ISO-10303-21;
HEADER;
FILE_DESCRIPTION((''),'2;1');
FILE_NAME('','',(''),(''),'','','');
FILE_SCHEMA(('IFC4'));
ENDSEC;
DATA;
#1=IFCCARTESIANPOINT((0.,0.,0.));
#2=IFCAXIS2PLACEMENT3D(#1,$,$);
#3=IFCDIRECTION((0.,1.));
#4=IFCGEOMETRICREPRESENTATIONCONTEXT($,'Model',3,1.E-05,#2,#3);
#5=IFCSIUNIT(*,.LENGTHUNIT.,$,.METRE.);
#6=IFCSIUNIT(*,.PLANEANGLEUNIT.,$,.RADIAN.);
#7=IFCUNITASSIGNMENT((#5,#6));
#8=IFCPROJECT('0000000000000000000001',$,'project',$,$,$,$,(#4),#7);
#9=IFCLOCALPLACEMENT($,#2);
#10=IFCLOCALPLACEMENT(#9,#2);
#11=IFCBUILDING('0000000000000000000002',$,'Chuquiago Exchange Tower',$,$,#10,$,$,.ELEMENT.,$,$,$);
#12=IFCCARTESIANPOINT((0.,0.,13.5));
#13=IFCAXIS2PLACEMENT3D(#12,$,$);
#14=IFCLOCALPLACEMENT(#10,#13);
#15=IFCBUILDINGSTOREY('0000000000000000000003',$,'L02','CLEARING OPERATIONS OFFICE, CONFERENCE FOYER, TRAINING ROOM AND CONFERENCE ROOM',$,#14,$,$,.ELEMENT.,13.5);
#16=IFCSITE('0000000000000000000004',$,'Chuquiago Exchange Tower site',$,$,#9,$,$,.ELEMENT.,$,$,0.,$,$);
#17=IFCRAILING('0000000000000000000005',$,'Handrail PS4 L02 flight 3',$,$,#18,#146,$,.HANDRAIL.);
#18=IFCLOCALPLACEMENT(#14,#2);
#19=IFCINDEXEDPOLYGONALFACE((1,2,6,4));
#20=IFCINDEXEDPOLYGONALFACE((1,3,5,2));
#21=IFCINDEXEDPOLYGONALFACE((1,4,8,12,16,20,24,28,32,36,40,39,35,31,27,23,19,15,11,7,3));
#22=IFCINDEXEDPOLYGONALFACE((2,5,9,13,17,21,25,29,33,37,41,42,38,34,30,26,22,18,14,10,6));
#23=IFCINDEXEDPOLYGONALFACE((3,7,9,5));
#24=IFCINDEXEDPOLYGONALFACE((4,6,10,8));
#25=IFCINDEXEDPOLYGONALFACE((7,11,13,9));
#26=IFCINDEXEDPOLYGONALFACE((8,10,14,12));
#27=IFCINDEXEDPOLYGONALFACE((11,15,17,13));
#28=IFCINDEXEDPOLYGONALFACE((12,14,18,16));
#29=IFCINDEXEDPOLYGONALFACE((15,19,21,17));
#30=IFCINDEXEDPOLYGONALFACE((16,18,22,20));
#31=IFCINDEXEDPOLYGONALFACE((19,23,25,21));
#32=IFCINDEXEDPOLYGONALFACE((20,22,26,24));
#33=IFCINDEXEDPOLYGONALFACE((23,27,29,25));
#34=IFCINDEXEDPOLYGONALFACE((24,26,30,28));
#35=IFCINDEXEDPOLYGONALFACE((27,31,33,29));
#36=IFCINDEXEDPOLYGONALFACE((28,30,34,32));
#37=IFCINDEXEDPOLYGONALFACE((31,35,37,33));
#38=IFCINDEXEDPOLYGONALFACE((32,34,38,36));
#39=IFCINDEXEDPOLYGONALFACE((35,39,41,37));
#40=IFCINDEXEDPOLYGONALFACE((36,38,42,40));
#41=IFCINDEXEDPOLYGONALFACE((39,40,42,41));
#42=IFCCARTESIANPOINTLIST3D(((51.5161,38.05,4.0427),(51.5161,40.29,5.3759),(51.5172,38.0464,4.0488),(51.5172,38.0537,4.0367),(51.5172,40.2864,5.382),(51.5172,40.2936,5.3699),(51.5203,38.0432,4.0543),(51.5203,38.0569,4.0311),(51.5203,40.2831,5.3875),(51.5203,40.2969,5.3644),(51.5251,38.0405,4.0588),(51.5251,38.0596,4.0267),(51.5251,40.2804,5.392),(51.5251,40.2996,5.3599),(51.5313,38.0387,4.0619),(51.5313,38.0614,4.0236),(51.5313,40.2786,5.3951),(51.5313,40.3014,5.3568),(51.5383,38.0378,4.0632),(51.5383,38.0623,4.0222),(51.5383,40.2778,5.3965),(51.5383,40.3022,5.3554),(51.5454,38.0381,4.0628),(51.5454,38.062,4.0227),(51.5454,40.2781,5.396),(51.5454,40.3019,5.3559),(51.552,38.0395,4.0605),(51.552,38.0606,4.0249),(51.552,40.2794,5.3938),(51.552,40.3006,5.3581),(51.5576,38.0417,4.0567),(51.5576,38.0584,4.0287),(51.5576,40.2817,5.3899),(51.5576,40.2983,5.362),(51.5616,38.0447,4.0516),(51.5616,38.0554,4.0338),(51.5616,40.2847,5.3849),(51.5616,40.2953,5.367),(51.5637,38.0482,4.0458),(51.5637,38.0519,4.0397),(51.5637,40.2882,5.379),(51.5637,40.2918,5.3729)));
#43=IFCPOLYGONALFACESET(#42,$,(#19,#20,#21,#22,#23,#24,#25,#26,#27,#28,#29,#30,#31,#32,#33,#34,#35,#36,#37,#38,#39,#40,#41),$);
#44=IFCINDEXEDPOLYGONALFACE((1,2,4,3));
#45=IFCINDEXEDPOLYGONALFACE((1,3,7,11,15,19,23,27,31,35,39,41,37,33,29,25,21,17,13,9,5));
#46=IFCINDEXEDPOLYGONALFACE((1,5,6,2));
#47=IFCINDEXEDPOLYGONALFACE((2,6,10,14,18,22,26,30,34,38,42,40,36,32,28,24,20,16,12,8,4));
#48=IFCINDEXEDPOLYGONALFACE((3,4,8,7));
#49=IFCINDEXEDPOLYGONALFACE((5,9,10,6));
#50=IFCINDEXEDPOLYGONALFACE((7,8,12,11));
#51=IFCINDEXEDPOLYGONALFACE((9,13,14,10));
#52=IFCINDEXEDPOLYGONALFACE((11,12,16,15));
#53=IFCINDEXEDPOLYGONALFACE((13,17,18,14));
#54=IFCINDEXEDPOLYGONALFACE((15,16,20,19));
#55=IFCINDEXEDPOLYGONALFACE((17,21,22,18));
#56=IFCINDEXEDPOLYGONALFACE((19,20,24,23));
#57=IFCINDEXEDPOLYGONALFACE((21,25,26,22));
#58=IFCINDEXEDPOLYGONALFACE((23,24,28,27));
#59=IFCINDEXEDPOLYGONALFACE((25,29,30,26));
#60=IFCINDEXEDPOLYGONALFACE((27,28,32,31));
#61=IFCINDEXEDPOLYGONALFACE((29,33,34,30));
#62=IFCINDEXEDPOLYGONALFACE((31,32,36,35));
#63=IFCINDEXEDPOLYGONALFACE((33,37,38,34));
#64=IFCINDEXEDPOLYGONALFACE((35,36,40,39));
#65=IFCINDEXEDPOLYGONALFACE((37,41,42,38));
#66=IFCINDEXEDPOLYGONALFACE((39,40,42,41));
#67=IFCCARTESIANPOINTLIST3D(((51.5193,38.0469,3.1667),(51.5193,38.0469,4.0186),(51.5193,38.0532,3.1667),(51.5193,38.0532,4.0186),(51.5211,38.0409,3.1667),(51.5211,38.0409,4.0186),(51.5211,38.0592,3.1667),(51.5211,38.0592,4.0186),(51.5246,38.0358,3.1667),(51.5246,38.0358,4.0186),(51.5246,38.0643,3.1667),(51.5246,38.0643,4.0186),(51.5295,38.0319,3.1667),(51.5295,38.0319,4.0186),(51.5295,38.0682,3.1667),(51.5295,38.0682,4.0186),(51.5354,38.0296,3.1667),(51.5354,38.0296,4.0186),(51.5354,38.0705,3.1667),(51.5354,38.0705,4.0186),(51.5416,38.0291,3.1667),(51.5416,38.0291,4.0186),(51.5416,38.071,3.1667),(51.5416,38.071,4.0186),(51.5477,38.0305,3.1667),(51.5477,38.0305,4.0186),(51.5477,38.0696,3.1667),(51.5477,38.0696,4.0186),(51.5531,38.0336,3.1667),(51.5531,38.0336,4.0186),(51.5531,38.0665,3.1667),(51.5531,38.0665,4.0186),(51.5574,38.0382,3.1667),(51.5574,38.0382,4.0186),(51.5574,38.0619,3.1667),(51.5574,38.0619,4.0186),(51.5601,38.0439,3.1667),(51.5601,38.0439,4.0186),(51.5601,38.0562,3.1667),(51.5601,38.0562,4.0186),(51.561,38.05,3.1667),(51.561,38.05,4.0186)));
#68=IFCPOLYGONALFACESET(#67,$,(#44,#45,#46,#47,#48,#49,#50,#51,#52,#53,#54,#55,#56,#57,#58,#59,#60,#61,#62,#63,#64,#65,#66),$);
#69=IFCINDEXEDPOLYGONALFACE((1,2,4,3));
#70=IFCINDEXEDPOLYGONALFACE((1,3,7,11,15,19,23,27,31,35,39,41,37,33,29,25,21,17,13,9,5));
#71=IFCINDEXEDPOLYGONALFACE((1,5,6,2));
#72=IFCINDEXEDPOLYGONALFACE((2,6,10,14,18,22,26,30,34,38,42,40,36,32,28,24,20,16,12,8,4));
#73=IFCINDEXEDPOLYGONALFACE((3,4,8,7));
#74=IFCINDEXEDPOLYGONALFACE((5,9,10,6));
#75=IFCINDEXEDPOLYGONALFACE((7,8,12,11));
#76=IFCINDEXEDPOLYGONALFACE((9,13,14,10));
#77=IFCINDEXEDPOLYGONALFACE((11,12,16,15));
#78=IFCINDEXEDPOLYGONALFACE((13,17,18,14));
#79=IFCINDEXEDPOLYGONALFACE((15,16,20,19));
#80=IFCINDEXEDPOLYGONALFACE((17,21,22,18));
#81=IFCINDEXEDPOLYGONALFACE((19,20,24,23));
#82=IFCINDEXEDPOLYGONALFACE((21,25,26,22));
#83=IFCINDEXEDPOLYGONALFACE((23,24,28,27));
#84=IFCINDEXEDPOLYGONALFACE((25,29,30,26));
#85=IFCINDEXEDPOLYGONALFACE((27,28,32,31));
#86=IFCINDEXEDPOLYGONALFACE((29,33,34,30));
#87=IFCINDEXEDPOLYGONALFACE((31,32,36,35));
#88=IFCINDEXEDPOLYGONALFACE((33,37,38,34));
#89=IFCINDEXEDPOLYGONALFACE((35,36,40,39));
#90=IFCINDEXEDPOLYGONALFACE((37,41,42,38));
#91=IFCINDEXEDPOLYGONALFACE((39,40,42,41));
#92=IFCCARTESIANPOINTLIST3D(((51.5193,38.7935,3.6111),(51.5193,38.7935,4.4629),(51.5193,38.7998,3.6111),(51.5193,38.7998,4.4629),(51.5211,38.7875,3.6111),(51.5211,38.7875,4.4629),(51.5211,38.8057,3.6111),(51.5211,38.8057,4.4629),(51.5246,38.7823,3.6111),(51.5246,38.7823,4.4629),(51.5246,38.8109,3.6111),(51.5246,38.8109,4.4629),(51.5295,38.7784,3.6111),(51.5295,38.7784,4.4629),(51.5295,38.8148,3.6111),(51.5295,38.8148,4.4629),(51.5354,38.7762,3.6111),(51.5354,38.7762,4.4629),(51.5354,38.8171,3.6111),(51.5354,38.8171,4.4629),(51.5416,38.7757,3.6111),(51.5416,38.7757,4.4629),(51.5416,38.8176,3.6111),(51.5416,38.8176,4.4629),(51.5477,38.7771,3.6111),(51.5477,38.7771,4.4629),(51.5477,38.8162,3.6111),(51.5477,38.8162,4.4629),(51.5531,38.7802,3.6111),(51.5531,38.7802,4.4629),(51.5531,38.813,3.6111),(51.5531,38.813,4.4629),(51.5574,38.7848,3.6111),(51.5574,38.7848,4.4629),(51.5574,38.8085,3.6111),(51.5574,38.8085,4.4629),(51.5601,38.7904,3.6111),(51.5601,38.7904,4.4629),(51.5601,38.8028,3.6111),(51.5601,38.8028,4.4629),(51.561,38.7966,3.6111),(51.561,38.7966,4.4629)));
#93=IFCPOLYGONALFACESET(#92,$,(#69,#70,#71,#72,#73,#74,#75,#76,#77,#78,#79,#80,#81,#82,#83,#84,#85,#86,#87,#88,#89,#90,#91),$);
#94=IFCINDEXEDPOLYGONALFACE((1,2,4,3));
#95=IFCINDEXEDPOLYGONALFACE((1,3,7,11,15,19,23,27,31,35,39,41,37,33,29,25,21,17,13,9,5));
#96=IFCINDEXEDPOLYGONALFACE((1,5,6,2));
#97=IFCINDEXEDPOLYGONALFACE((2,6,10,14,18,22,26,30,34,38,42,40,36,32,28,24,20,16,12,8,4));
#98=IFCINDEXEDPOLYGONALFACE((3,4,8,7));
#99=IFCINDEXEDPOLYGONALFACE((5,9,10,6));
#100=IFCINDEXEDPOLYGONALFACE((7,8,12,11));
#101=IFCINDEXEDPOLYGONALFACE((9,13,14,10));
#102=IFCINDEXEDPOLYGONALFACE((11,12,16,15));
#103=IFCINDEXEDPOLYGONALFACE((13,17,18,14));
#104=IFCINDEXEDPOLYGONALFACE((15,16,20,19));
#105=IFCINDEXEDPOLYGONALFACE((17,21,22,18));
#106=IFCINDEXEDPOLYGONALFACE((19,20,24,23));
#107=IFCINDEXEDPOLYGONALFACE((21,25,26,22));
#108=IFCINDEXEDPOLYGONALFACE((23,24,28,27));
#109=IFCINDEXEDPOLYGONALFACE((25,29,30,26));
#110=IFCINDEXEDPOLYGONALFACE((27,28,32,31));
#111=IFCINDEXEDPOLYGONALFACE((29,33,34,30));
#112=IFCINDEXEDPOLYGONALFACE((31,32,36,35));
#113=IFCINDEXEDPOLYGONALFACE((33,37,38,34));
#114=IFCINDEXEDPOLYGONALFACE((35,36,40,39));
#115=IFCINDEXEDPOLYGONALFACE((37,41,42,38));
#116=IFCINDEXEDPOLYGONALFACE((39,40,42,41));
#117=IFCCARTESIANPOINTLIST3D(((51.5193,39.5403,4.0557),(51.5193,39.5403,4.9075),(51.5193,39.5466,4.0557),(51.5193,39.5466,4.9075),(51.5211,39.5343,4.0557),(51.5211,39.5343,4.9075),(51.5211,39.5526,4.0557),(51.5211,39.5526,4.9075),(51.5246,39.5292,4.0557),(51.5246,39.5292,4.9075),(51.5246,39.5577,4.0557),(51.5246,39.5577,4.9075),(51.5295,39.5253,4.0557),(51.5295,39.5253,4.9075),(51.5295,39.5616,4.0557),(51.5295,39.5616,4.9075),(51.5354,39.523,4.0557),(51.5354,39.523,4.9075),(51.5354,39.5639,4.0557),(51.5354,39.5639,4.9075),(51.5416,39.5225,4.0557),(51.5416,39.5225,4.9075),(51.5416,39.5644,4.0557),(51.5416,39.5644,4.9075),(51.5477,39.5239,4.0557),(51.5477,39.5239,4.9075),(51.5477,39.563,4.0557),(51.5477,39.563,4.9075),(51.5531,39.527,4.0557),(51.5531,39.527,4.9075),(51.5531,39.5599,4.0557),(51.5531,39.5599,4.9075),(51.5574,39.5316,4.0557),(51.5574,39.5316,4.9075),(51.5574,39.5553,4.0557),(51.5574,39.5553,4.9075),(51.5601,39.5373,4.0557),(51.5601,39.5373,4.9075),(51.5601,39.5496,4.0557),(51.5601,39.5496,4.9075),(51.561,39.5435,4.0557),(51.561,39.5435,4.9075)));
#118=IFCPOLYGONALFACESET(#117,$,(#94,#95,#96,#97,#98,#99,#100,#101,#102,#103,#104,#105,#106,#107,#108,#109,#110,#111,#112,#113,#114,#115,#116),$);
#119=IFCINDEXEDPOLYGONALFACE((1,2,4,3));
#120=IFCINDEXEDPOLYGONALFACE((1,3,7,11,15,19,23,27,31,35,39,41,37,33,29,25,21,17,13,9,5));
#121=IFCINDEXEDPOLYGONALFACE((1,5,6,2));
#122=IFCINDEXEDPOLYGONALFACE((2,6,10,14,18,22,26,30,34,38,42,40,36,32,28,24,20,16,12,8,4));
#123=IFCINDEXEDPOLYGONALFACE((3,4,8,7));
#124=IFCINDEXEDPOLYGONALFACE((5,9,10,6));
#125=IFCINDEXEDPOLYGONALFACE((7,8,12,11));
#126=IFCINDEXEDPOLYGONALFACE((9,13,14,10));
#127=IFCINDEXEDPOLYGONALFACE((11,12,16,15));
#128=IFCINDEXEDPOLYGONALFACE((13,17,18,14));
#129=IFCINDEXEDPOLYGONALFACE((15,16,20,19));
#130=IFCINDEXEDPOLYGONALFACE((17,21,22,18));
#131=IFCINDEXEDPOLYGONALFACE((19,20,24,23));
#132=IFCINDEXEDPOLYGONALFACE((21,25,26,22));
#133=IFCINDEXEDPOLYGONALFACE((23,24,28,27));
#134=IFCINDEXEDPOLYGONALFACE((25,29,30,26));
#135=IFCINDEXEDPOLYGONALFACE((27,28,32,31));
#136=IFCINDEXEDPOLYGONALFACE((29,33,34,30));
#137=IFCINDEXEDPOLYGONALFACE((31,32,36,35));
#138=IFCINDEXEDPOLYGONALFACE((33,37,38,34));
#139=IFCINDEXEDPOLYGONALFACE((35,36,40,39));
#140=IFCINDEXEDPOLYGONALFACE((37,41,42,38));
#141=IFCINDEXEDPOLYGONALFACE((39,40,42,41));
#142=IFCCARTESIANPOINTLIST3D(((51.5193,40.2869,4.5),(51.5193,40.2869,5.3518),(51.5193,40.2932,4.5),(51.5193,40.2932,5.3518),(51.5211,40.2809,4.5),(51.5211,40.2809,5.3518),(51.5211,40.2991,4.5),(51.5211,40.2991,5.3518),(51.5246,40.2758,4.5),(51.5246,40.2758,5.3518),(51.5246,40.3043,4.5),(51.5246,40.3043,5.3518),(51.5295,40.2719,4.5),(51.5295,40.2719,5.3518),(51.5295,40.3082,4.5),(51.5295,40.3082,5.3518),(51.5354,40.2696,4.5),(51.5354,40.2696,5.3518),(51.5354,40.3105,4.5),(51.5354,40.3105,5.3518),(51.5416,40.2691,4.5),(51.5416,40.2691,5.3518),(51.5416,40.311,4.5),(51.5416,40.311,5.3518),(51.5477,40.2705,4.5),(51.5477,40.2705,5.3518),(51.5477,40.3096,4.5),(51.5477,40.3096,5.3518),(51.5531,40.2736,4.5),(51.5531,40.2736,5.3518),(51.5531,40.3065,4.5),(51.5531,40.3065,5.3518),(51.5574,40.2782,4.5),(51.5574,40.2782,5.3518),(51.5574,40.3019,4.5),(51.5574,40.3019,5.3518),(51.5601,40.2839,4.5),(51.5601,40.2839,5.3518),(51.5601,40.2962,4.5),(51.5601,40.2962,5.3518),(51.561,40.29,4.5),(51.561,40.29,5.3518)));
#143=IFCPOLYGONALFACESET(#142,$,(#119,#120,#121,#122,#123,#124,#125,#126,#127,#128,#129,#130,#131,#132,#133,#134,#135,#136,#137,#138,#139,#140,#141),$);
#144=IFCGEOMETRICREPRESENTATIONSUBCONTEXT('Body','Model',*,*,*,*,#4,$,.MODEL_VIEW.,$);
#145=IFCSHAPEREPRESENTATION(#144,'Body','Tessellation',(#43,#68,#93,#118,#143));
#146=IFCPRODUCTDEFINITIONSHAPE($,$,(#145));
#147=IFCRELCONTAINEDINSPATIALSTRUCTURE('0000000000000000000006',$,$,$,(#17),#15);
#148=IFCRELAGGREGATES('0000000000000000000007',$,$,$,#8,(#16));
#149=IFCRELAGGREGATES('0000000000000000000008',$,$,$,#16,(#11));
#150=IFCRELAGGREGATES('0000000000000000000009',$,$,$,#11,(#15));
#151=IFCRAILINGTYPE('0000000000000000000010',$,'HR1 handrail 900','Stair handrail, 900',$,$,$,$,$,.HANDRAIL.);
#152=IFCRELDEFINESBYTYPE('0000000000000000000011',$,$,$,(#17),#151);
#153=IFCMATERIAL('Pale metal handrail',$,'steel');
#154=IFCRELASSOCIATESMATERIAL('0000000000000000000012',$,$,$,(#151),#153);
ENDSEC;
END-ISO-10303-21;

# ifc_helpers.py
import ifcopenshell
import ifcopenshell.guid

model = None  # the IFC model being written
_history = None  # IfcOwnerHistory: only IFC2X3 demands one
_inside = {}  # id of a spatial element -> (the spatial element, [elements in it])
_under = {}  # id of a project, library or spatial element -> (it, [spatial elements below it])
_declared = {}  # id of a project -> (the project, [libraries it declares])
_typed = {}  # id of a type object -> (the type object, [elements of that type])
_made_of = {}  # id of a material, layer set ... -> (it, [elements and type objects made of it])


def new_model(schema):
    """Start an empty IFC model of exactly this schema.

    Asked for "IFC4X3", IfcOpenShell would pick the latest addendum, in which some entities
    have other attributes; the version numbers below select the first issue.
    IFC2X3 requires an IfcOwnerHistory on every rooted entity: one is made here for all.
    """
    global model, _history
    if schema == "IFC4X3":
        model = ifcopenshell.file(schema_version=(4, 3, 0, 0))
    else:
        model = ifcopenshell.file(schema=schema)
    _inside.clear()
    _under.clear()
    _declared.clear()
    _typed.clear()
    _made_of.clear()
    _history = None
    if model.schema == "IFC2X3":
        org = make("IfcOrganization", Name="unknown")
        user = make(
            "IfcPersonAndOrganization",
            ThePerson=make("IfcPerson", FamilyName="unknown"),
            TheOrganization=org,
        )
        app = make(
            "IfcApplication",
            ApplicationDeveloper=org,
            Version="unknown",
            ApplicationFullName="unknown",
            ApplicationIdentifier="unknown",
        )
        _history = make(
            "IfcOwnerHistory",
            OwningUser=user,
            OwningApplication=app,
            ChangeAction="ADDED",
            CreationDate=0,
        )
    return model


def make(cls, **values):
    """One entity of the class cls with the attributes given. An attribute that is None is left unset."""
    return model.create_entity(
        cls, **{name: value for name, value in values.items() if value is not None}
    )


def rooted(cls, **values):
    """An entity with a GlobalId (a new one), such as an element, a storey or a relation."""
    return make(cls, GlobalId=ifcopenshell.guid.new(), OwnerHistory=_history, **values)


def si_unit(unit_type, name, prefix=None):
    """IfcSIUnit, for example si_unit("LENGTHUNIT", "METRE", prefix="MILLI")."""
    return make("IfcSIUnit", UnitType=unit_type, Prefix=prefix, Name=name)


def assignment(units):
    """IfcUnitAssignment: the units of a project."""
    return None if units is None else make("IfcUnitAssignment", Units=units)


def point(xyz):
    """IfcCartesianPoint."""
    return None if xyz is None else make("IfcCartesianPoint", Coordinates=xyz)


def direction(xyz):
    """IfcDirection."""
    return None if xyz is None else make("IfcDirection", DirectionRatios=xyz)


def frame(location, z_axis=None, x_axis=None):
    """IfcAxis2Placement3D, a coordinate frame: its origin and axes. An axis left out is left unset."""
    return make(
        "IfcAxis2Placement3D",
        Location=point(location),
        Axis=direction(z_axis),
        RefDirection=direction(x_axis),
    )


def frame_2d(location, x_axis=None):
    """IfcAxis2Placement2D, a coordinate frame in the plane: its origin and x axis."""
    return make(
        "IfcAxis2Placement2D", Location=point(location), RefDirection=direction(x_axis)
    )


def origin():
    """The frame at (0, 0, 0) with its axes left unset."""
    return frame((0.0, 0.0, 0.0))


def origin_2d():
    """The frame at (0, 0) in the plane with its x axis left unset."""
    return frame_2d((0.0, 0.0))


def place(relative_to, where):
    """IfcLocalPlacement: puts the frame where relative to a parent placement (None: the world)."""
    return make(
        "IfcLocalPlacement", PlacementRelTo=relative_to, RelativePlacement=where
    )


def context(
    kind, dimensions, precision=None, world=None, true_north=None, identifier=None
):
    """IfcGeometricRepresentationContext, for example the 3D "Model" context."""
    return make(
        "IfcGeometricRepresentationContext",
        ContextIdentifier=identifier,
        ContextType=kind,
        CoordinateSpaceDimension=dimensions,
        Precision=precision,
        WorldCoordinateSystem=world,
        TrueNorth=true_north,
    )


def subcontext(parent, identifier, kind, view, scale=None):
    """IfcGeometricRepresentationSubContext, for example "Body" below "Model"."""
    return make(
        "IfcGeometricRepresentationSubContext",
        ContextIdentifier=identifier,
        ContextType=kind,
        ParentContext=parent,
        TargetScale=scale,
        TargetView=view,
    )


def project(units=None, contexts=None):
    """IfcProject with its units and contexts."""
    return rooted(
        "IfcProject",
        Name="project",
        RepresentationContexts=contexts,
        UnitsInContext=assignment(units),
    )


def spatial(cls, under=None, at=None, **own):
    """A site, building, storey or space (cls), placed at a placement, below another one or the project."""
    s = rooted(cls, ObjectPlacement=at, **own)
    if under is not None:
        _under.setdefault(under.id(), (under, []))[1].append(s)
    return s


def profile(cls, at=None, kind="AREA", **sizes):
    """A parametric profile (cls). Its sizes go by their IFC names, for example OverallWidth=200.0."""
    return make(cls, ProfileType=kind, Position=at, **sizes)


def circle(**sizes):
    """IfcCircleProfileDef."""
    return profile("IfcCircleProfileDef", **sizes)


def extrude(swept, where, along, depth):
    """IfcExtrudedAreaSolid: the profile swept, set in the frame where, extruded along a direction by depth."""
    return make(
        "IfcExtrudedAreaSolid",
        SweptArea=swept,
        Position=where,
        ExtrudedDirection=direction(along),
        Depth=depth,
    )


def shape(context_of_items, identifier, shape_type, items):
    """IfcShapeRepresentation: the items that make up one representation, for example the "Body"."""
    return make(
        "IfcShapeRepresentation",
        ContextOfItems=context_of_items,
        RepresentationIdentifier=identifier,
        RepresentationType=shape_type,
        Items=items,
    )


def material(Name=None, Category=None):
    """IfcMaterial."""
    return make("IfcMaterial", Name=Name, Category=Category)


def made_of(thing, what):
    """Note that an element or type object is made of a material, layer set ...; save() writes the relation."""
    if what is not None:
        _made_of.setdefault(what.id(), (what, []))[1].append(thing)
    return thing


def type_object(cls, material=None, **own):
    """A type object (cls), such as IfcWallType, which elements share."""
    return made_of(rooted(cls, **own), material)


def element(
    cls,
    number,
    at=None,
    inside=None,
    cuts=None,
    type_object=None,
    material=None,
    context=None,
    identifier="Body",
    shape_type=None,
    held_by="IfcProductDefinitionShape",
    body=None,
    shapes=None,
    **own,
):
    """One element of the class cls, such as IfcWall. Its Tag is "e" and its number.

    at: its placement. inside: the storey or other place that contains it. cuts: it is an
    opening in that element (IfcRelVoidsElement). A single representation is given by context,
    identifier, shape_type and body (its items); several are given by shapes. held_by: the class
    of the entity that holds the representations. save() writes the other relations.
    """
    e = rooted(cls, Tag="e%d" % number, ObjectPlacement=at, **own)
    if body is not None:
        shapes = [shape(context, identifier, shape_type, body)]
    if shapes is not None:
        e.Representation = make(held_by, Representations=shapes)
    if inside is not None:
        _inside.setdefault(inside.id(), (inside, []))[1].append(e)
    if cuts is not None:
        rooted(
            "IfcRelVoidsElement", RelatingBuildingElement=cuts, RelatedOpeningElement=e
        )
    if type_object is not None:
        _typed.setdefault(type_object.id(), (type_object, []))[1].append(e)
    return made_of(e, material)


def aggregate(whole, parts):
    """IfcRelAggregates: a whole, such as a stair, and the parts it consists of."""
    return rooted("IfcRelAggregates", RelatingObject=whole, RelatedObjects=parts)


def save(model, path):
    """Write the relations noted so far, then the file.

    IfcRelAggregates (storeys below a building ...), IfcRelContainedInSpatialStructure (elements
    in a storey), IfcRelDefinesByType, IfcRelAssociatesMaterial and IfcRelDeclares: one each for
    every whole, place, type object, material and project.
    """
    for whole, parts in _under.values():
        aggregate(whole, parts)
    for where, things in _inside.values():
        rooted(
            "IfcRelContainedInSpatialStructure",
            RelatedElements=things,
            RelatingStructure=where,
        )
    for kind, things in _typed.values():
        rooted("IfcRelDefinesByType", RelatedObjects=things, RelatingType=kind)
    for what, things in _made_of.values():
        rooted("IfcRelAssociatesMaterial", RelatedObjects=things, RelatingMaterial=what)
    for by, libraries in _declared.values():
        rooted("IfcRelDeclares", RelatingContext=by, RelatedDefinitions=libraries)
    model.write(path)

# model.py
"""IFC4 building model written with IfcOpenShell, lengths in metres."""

from ifc_helpers import new_model, si_unit, direction, frame, origin, origin_2d, place, context, subcontext, project, spatial, circle, extrude, material, type_object, element, save


model = new_model("IFC4")

# Units and contexts
model_context = context("Model", 3, precision=1e-05, world=origin(), true_north=direction((0.0, 1.0)))
body_context = subcontext(model_context, "Body", "Model", "MODEL_VIEW")
ifc_project = project(units=[si_unit("LENGTHUNIT", "METRE"), si_unit("PLANEANGLEUNIT", "RADIAN")], contexts=[model_context])

# Site, building, storey
site_placement = place(None, origin())
site = spatial("IfcSite", under=ifc_project, at=site_placement, Name="Chuquiago Exchange Tower site", CompositionType="ELEMENT", RefElevation=0.0)
building_placement = place(site_placement, origin())
building = spatial("IfcBuilding", under=site, at=building_placement, Name="Chuquiago Exchange Tower", CompositionType="ELEMENT")
storey_placement = place(building_placement, frame((0.0, 0.0, 13.5)))
storey = spatial("IfcBuildingStorey", under=building, at=storey_placement, Name="L02", Description="CLEARING OPERATIONS OFFICE, CONFERENCE FOYER, TRAINING ROOM AND CONFERENCE ROOM", CompositionType="ELEMENT", Elevation=13.5)

# Railing
ifc_material_1 = material(Name="Pale metal handrail", Category="steel")
railing_type = type_object("IfcRailingType", Name="HR1 handrail 900", Description="Stair handrail, 900", PredefinedType="HANDRAIL", material=ifc_material_1)
railing_1_placement = place(storey_placement, frame((51.54, 38.05, 3.1667)))
element("IfcRailing", 1, at=railing_1_placement, inside=storey, type_object=railing_type, Name="Handrail PS4 L02 flight 3", PredefinedType="HANDRAIL", context=body_context, shape_type="SweptSolid", body=[
    extrude(circle(Radius=0.0239, at=origin_2d()), frame((0.0, 0.0, 0.876), z_axis=(0.0, 0.859306, 0.511462), x_axis=(-1.0, 0.0, 0.0)), (0.0, 0.0, 1.0), 2.6067),
    extrude(circle(Radius=0.021, at=origin_2d()), origin(), (0.0, 0.0, 1.0), 0.8518),
    extrude(circle(Radius=0.021, at=origin_2d()), frame((0.0, 0.7466, 0.4443)), (0.0, 0.0, 1.0), 0.8518),
    extrude(circle(Radius=0.021, at=origin_2d()), frame((0.0, 1.4934, 0.8889)), (0.0, 0.0, 1.0), 0.8518),
    extrude(circle(Radius=0.021, at=origin_2d()), frame((0.0, 2.24, 1.3333)), (0.0, 0.0, 1.0), 0.8518),
])

save(model, "model.ifc")
